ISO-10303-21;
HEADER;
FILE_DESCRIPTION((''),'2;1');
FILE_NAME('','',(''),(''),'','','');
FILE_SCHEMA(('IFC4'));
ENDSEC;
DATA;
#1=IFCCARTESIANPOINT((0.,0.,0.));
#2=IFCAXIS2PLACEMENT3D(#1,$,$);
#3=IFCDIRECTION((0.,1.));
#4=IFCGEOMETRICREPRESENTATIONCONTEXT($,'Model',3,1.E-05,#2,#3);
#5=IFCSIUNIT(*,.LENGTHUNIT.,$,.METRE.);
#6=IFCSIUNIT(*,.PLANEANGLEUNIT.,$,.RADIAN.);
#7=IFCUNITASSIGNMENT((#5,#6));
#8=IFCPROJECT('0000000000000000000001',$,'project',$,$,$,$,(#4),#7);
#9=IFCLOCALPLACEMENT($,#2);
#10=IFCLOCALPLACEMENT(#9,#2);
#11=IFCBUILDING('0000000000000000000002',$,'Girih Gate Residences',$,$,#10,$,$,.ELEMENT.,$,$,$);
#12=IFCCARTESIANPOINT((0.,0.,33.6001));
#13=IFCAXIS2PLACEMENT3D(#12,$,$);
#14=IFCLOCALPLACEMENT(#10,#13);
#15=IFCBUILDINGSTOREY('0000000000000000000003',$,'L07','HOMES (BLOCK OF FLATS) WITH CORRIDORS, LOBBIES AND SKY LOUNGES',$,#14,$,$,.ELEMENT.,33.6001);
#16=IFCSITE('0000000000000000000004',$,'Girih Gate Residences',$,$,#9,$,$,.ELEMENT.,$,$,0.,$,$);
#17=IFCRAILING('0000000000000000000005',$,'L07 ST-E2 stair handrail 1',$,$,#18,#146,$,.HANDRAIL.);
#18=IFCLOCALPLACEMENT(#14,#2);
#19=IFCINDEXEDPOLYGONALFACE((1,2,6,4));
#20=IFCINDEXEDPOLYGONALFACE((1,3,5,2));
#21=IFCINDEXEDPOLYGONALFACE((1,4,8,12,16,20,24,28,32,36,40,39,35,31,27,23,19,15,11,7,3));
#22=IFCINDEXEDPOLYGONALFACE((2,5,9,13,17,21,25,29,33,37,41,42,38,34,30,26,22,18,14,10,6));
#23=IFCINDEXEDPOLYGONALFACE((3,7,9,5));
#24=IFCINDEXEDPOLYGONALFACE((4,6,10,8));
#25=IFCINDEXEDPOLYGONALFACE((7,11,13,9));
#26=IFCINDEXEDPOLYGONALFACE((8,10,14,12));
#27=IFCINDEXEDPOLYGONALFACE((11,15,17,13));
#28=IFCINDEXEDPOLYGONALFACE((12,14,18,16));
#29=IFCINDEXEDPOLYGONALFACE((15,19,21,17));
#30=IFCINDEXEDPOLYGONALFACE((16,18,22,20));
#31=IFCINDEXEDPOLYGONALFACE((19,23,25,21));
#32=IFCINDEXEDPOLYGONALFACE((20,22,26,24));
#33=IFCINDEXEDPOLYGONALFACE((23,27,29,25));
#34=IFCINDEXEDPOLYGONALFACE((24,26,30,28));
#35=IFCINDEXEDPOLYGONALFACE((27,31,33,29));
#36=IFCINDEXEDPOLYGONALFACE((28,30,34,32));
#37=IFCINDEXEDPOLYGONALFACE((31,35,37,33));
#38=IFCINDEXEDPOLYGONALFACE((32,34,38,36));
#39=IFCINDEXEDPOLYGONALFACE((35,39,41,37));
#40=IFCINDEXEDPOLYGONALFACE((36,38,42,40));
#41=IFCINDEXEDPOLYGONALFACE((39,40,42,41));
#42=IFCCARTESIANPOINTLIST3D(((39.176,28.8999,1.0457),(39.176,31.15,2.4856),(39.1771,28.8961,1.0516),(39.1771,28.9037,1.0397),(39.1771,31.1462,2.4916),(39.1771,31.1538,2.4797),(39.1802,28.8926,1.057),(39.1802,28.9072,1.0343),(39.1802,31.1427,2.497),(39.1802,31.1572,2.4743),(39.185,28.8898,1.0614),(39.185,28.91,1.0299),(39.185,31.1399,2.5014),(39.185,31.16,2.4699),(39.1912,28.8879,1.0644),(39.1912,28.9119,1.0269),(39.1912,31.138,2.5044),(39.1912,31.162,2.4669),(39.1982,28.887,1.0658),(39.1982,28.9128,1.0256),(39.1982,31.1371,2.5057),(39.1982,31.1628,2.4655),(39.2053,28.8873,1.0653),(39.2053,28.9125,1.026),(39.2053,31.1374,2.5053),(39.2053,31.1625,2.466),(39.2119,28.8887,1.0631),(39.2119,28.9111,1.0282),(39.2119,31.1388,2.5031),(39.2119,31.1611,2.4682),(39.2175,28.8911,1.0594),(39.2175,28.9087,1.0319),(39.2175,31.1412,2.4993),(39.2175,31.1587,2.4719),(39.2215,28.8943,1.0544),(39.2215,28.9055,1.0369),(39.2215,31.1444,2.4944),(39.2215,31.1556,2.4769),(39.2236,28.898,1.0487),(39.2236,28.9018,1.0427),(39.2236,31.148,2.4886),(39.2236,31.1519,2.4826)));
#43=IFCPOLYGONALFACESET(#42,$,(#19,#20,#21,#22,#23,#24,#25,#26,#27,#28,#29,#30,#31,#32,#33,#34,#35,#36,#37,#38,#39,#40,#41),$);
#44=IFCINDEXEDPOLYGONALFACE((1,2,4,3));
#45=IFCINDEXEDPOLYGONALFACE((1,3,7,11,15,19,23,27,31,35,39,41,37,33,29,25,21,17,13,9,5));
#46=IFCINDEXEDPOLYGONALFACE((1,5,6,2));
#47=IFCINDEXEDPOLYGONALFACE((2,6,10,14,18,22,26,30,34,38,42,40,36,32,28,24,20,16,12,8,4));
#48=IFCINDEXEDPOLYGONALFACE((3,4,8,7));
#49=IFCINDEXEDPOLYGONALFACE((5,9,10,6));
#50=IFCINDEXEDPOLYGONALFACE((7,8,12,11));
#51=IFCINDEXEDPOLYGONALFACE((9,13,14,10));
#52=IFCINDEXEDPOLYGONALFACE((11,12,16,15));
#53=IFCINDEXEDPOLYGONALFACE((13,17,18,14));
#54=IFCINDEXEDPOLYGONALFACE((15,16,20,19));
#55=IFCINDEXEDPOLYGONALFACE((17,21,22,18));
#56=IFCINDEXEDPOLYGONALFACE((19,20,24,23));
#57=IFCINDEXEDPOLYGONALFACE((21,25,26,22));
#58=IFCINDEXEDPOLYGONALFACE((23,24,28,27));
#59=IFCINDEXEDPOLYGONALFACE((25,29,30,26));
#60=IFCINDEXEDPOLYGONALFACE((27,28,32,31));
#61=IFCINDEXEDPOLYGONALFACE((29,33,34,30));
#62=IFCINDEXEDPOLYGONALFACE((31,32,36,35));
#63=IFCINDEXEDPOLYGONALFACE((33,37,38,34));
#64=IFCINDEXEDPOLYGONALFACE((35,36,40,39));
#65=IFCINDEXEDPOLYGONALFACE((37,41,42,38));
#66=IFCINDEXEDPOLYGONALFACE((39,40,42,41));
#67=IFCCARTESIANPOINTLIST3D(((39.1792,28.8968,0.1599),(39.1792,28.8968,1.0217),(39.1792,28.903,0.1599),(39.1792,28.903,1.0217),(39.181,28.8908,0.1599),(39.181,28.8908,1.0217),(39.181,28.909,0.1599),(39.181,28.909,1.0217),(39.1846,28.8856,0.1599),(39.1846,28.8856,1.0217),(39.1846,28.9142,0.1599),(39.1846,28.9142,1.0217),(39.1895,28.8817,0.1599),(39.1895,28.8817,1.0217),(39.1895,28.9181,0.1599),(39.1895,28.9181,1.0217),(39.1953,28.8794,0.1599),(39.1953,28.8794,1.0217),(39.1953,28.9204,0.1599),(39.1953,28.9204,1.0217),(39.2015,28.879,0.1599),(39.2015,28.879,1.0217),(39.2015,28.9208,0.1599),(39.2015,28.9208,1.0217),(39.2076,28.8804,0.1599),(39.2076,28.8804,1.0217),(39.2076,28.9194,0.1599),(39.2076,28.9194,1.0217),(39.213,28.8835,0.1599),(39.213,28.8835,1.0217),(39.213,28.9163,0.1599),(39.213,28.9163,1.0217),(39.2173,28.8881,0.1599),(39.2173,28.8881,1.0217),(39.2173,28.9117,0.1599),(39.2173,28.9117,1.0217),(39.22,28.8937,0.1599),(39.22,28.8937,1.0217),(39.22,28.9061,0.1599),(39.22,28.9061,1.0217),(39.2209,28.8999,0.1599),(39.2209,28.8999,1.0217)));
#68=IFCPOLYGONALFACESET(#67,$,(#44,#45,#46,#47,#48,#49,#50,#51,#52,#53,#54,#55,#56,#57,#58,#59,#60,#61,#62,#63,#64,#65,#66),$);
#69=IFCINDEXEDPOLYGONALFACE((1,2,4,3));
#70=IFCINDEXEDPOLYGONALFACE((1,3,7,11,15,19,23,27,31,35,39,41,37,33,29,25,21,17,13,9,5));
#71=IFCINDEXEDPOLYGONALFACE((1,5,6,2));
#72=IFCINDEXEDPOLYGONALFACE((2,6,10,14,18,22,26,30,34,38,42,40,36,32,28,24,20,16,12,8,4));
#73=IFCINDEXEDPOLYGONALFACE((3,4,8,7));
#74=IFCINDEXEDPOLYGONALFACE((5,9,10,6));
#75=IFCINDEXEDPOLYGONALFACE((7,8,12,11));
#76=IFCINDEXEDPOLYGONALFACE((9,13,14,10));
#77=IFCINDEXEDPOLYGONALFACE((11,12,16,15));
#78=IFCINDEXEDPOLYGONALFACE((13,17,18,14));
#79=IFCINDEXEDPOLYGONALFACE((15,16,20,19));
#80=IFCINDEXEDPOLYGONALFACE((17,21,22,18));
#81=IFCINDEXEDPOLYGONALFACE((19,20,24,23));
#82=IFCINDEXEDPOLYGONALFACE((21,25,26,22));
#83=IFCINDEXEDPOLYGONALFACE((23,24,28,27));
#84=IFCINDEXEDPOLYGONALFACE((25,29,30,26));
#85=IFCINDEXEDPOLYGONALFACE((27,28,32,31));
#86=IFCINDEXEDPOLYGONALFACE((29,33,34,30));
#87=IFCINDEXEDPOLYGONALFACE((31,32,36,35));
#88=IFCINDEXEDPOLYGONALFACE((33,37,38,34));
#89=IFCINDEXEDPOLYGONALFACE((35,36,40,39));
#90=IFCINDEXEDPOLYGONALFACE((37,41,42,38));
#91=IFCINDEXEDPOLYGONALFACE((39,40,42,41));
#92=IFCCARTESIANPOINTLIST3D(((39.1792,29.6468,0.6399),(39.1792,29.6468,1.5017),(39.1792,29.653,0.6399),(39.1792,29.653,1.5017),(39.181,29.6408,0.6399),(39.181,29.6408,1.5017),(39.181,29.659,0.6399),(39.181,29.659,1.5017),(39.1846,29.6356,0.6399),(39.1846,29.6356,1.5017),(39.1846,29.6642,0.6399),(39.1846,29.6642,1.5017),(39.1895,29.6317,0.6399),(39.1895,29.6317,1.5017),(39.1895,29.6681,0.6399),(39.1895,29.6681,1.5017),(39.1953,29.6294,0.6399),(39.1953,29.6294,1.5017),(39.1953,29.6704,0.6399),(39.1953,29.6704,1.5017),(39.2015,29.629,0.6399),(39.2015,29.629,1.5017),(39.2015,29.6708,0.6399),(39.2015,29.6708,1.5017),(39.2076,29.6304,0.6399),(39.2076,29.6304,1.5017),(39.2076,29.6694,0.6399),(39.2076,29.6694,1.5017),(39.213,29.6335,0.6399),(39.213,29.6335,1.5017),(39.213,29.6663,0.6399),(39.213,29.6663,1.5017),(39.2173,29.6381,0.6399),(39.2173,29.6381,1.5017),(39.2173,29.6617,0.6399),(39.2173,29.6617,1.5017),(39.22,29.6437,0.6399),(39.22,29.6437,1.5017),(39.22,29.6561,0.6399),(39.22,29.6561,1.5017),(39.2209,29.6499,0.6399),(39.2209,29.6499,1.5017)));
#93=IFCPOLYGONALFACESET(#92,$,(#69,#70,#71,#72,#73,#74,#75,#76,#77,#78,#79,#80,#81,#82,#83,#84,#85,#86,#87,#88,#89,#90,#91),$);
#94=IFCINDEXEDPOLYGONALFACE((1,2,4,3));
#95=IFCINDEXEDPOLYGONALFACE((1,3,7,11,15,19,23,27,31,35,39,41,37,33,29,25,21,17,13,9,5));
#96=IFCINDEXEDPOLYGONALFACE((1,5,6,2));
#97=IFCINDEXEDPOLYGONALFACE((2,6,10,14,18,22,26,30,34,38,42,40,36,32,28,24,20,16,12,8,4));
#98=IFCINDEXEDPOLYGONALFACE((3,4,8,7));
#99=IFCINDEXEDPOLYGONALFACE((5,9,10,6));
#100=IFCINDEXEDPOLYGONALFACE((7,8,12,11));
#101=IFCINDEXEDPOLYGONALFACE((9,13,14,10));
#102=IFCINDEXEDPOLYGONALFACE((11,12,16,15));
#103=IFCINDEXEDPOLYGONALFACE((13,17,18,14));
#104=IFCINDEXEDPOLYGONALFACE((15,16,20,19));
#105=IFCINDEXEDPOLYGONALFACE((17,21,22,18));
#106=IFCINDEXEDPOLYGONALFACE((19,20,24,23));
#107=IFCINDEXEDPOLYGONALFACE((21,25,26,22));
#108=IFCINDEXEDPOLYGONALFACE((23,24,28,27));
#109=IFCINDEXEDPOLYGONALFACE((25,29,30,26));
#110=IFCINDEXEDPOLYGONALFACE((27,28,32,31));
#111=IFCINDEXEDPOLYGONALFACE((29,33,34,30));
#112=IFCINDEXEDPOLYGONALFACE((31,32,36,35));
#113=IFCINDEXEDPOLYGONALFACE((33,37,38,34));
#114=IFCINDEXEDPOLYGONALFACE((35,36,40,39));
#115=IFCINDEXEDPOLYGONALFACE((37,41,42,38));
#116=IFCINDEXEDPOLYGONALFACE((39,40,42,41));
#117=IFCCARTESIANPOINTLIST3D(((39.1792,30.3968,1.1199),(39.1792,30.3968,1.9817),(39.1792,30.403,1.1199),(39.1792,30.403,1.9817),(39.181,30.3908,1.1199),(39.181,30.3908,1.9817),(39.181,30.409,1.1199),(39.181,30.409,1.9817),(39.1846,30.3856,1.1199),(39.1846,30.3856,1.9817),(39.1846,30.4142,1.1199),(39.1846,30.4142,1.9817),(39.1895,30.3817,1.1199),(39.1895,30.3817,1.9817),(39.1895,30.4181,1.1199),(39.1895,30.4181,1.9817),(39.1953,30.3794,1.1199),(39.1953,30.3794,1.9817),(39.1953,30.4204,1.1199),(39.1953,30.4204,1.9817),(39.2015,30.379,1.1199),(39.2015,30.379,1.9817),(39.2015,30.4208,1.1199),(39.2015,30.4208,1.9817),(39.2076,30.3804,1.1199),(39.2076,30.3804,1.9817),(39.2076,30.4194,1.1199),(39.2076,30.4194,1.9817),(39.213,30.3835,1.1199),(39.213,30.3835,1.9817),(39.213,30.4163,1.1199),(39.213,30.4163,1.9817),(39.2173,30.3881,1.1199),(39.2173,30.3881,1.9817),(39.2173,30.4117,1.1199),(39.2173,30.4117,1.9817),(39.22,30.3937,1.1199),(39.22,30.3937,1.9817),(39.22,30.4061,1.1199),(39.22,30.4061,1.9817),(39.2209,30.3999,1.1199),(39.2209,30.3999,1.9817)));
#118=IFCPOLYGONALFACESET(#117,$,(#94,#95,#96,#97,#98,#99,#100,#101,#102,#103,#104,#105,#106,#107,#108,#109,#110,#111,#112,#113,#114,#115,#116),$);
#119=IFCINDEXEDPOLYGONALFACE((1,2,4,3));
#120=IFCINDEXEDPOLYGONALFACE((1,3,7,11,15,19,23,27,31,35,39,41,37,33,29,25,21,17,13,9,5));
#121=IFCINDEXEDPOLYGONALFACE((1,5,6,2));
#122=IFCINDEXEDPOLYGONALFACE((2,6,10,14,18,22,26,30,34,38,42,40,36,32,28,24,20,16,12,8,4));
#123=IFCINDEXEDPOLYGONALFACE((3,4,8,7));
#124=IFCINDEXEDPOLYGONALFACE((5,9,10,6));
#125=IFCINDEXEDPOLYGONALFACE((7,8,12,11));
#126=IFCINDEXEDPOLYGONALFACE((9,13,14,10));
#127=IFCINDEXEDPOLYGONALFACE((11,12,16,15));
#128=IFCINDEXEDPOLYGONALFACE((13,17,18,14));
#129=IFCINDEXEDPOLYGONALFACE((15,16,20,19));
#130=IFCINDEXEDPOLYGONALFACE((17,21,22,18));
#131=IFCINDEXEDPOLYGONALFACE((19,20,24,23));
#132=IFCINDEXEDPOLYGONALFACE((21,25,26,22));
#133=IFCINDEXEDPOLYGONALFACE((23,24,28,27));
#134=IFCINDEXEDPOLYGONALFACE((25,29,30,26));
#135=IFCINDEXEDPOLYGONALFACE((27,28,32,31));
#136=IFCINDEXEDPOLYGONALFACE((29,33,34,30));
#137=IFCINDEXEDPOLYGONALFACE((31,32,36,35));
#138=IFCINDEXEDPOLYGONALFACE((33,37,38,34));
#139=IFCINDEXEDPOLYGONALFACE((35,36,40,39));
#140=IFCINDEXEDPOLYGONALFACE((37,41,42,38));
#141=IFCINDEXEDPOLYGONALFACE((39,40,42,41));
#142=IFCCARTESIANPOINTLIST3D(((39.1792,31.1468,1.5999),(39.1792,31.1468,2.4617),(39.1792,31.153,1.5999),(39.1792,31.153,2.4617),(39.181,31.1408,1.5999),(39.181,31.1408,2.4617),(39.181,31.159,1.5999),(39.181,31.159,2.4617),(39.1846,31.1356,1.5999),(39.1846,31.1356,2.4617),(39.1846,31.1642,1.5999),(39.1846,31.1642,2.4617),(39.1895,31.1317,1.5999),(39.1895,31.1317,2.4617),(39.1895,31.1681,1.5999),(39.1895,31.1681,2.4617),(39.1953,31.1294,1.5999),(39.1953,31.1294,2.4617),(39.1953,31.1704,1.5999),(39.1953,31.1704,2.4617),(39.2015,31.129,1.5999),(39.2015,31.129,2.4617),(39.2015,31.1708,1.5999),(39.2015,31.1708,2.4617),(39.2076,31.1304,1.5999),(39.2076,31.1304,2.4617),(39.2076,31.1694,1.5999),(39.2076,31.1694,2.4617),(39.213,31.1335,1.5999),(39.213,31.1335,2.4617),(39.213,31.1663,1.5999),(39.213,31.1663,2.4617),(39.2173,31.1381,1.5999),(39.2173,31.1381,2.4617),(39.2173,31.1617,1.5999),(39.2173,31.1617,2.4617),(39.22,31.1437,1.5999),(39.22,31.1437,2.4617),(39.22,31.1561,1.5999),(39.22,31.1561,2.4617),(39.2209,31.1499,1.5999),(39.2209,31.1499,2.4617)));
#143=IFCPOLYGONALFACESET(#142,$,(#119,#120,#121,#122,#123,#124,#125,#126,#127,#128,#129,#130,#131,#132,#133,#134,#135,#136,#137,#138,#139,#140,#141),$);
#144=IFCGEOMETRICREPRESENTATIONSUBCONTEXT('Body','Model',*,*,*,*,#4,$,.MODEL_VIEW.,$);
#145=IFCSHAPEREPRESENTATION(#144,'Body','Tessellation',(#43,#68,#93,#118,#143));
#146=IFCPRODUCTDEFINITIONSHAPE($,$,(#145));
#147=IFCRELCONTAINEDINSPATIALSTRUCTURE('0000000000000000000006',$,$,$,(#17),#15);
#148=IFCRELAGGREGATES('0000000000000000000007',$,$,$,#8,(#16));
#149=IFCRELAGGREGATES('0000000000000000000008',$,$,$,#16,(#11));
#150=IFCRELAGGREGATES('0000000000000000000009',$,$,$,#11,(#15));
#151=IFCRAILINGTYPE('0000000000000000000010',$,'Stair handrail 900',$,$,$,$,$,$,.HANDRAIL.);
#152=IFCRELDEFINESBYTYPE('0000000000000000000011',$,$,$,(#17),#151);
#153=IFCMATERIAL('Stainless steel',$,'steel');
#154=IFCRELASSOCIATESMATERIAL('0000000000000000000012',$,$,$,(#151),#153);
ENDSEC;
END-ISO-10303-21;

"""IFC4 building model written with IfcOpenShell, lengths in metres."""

from ifc_helpers import new_model, si_unit, direction, frame, origin, origin_2d, place, context, subcontext, project, spatial, circle, extrude, material, type_object, element, save


model = new_model("IFC4")

# Units and contexts
model_context = context("Model", 3, precision=1e-05, world=origin(), true_north=direction((0.0, 1.0)))
body_context = subcontext(model_context, "Body", "Model", "MODEL_VIEW")
ifc_project = project(units=[si_unit("LENGTHUNIT", "METRE"), si_unit("PLANEANGLEUNIT", "RADIAN")], contexts=[model_context])

# Site, building, storey
site_placement = place(None, origin())
site = spatial("IfcSite", under=ifc_project, at=site_placement, Name="Girih Gate Residences", CompositionType="ELEMENT", RefElevation=0.0)
building_placement = place(site_placement, origin())
building = spatial("IfcBuilding", under=site, at=building_placement, Name="Girih Gate Residences", CompositionType="ELEMENT")
storey_placement = place(building_placement, frame((0.0, 0.0, 33.6001)))
storey = spatial("IfcBuildingStorey", under=building, at=storey_placement, Name="L07", Description="HOMES (BLOCK OF FLATS) WITH CORRIDORS, LOBBIES AND SKY LOUNGES", CompositionType="ELEMENT", Elevation=33.6001)

# Shared definitions
ifc_material_1 = material(Name="Stainless steel", Category="steel")

# Railing
railing_type_1 = type_object("IfcRailingType", Name="Stair handrail 900", PredefinedType="HANDRAIL", material=ifc_material_1)
railing_1_placement = place(storey_placement, frame((39.2, 28.8999, 0.1599)))
element("IfcRailing", 1, at=railing_1_placement, inside=storey, type_object=railing_type_1, Name="L07 ST-E2 stair handrail 1", PredefinedType="HANDRAIL", context=body_context, shape_type="SweptSolid", body=[
    extrude(circle(Radius=0.0239, at=origin_2d()), frame((0.0, 0.0, 0.8857), z_axis=(0.0, 0.842281, 0.539038), x_axis=(-1.0, 0.0, 0.0)), (0.0, 0.0, 1.0), 2.6714),
    extrude(circle(Radius=0.021, at=origin_2d()), origin(), (0.0, 0.0, 1.0), 0.8618),
    extrude(circle(Radius=0.021, at=origin_2d()), frame((0.0, 0.75, 0.48)), (0.0, 0.0, 1.0), 0.8618),
    extrude(circle(Radius=0.021, at=origin_2d()), frame((0.0, 1.5, 0.96)), (0.0, 0.0, 1.0), 0.8618),
    extrude(circle(Radius=0.021, at=origin_2d()), frame((0.0, 2.25, 1.4399)), (0.0, 0.0, 1.0), 0.8618),
])

save(model, "model.ifc")
